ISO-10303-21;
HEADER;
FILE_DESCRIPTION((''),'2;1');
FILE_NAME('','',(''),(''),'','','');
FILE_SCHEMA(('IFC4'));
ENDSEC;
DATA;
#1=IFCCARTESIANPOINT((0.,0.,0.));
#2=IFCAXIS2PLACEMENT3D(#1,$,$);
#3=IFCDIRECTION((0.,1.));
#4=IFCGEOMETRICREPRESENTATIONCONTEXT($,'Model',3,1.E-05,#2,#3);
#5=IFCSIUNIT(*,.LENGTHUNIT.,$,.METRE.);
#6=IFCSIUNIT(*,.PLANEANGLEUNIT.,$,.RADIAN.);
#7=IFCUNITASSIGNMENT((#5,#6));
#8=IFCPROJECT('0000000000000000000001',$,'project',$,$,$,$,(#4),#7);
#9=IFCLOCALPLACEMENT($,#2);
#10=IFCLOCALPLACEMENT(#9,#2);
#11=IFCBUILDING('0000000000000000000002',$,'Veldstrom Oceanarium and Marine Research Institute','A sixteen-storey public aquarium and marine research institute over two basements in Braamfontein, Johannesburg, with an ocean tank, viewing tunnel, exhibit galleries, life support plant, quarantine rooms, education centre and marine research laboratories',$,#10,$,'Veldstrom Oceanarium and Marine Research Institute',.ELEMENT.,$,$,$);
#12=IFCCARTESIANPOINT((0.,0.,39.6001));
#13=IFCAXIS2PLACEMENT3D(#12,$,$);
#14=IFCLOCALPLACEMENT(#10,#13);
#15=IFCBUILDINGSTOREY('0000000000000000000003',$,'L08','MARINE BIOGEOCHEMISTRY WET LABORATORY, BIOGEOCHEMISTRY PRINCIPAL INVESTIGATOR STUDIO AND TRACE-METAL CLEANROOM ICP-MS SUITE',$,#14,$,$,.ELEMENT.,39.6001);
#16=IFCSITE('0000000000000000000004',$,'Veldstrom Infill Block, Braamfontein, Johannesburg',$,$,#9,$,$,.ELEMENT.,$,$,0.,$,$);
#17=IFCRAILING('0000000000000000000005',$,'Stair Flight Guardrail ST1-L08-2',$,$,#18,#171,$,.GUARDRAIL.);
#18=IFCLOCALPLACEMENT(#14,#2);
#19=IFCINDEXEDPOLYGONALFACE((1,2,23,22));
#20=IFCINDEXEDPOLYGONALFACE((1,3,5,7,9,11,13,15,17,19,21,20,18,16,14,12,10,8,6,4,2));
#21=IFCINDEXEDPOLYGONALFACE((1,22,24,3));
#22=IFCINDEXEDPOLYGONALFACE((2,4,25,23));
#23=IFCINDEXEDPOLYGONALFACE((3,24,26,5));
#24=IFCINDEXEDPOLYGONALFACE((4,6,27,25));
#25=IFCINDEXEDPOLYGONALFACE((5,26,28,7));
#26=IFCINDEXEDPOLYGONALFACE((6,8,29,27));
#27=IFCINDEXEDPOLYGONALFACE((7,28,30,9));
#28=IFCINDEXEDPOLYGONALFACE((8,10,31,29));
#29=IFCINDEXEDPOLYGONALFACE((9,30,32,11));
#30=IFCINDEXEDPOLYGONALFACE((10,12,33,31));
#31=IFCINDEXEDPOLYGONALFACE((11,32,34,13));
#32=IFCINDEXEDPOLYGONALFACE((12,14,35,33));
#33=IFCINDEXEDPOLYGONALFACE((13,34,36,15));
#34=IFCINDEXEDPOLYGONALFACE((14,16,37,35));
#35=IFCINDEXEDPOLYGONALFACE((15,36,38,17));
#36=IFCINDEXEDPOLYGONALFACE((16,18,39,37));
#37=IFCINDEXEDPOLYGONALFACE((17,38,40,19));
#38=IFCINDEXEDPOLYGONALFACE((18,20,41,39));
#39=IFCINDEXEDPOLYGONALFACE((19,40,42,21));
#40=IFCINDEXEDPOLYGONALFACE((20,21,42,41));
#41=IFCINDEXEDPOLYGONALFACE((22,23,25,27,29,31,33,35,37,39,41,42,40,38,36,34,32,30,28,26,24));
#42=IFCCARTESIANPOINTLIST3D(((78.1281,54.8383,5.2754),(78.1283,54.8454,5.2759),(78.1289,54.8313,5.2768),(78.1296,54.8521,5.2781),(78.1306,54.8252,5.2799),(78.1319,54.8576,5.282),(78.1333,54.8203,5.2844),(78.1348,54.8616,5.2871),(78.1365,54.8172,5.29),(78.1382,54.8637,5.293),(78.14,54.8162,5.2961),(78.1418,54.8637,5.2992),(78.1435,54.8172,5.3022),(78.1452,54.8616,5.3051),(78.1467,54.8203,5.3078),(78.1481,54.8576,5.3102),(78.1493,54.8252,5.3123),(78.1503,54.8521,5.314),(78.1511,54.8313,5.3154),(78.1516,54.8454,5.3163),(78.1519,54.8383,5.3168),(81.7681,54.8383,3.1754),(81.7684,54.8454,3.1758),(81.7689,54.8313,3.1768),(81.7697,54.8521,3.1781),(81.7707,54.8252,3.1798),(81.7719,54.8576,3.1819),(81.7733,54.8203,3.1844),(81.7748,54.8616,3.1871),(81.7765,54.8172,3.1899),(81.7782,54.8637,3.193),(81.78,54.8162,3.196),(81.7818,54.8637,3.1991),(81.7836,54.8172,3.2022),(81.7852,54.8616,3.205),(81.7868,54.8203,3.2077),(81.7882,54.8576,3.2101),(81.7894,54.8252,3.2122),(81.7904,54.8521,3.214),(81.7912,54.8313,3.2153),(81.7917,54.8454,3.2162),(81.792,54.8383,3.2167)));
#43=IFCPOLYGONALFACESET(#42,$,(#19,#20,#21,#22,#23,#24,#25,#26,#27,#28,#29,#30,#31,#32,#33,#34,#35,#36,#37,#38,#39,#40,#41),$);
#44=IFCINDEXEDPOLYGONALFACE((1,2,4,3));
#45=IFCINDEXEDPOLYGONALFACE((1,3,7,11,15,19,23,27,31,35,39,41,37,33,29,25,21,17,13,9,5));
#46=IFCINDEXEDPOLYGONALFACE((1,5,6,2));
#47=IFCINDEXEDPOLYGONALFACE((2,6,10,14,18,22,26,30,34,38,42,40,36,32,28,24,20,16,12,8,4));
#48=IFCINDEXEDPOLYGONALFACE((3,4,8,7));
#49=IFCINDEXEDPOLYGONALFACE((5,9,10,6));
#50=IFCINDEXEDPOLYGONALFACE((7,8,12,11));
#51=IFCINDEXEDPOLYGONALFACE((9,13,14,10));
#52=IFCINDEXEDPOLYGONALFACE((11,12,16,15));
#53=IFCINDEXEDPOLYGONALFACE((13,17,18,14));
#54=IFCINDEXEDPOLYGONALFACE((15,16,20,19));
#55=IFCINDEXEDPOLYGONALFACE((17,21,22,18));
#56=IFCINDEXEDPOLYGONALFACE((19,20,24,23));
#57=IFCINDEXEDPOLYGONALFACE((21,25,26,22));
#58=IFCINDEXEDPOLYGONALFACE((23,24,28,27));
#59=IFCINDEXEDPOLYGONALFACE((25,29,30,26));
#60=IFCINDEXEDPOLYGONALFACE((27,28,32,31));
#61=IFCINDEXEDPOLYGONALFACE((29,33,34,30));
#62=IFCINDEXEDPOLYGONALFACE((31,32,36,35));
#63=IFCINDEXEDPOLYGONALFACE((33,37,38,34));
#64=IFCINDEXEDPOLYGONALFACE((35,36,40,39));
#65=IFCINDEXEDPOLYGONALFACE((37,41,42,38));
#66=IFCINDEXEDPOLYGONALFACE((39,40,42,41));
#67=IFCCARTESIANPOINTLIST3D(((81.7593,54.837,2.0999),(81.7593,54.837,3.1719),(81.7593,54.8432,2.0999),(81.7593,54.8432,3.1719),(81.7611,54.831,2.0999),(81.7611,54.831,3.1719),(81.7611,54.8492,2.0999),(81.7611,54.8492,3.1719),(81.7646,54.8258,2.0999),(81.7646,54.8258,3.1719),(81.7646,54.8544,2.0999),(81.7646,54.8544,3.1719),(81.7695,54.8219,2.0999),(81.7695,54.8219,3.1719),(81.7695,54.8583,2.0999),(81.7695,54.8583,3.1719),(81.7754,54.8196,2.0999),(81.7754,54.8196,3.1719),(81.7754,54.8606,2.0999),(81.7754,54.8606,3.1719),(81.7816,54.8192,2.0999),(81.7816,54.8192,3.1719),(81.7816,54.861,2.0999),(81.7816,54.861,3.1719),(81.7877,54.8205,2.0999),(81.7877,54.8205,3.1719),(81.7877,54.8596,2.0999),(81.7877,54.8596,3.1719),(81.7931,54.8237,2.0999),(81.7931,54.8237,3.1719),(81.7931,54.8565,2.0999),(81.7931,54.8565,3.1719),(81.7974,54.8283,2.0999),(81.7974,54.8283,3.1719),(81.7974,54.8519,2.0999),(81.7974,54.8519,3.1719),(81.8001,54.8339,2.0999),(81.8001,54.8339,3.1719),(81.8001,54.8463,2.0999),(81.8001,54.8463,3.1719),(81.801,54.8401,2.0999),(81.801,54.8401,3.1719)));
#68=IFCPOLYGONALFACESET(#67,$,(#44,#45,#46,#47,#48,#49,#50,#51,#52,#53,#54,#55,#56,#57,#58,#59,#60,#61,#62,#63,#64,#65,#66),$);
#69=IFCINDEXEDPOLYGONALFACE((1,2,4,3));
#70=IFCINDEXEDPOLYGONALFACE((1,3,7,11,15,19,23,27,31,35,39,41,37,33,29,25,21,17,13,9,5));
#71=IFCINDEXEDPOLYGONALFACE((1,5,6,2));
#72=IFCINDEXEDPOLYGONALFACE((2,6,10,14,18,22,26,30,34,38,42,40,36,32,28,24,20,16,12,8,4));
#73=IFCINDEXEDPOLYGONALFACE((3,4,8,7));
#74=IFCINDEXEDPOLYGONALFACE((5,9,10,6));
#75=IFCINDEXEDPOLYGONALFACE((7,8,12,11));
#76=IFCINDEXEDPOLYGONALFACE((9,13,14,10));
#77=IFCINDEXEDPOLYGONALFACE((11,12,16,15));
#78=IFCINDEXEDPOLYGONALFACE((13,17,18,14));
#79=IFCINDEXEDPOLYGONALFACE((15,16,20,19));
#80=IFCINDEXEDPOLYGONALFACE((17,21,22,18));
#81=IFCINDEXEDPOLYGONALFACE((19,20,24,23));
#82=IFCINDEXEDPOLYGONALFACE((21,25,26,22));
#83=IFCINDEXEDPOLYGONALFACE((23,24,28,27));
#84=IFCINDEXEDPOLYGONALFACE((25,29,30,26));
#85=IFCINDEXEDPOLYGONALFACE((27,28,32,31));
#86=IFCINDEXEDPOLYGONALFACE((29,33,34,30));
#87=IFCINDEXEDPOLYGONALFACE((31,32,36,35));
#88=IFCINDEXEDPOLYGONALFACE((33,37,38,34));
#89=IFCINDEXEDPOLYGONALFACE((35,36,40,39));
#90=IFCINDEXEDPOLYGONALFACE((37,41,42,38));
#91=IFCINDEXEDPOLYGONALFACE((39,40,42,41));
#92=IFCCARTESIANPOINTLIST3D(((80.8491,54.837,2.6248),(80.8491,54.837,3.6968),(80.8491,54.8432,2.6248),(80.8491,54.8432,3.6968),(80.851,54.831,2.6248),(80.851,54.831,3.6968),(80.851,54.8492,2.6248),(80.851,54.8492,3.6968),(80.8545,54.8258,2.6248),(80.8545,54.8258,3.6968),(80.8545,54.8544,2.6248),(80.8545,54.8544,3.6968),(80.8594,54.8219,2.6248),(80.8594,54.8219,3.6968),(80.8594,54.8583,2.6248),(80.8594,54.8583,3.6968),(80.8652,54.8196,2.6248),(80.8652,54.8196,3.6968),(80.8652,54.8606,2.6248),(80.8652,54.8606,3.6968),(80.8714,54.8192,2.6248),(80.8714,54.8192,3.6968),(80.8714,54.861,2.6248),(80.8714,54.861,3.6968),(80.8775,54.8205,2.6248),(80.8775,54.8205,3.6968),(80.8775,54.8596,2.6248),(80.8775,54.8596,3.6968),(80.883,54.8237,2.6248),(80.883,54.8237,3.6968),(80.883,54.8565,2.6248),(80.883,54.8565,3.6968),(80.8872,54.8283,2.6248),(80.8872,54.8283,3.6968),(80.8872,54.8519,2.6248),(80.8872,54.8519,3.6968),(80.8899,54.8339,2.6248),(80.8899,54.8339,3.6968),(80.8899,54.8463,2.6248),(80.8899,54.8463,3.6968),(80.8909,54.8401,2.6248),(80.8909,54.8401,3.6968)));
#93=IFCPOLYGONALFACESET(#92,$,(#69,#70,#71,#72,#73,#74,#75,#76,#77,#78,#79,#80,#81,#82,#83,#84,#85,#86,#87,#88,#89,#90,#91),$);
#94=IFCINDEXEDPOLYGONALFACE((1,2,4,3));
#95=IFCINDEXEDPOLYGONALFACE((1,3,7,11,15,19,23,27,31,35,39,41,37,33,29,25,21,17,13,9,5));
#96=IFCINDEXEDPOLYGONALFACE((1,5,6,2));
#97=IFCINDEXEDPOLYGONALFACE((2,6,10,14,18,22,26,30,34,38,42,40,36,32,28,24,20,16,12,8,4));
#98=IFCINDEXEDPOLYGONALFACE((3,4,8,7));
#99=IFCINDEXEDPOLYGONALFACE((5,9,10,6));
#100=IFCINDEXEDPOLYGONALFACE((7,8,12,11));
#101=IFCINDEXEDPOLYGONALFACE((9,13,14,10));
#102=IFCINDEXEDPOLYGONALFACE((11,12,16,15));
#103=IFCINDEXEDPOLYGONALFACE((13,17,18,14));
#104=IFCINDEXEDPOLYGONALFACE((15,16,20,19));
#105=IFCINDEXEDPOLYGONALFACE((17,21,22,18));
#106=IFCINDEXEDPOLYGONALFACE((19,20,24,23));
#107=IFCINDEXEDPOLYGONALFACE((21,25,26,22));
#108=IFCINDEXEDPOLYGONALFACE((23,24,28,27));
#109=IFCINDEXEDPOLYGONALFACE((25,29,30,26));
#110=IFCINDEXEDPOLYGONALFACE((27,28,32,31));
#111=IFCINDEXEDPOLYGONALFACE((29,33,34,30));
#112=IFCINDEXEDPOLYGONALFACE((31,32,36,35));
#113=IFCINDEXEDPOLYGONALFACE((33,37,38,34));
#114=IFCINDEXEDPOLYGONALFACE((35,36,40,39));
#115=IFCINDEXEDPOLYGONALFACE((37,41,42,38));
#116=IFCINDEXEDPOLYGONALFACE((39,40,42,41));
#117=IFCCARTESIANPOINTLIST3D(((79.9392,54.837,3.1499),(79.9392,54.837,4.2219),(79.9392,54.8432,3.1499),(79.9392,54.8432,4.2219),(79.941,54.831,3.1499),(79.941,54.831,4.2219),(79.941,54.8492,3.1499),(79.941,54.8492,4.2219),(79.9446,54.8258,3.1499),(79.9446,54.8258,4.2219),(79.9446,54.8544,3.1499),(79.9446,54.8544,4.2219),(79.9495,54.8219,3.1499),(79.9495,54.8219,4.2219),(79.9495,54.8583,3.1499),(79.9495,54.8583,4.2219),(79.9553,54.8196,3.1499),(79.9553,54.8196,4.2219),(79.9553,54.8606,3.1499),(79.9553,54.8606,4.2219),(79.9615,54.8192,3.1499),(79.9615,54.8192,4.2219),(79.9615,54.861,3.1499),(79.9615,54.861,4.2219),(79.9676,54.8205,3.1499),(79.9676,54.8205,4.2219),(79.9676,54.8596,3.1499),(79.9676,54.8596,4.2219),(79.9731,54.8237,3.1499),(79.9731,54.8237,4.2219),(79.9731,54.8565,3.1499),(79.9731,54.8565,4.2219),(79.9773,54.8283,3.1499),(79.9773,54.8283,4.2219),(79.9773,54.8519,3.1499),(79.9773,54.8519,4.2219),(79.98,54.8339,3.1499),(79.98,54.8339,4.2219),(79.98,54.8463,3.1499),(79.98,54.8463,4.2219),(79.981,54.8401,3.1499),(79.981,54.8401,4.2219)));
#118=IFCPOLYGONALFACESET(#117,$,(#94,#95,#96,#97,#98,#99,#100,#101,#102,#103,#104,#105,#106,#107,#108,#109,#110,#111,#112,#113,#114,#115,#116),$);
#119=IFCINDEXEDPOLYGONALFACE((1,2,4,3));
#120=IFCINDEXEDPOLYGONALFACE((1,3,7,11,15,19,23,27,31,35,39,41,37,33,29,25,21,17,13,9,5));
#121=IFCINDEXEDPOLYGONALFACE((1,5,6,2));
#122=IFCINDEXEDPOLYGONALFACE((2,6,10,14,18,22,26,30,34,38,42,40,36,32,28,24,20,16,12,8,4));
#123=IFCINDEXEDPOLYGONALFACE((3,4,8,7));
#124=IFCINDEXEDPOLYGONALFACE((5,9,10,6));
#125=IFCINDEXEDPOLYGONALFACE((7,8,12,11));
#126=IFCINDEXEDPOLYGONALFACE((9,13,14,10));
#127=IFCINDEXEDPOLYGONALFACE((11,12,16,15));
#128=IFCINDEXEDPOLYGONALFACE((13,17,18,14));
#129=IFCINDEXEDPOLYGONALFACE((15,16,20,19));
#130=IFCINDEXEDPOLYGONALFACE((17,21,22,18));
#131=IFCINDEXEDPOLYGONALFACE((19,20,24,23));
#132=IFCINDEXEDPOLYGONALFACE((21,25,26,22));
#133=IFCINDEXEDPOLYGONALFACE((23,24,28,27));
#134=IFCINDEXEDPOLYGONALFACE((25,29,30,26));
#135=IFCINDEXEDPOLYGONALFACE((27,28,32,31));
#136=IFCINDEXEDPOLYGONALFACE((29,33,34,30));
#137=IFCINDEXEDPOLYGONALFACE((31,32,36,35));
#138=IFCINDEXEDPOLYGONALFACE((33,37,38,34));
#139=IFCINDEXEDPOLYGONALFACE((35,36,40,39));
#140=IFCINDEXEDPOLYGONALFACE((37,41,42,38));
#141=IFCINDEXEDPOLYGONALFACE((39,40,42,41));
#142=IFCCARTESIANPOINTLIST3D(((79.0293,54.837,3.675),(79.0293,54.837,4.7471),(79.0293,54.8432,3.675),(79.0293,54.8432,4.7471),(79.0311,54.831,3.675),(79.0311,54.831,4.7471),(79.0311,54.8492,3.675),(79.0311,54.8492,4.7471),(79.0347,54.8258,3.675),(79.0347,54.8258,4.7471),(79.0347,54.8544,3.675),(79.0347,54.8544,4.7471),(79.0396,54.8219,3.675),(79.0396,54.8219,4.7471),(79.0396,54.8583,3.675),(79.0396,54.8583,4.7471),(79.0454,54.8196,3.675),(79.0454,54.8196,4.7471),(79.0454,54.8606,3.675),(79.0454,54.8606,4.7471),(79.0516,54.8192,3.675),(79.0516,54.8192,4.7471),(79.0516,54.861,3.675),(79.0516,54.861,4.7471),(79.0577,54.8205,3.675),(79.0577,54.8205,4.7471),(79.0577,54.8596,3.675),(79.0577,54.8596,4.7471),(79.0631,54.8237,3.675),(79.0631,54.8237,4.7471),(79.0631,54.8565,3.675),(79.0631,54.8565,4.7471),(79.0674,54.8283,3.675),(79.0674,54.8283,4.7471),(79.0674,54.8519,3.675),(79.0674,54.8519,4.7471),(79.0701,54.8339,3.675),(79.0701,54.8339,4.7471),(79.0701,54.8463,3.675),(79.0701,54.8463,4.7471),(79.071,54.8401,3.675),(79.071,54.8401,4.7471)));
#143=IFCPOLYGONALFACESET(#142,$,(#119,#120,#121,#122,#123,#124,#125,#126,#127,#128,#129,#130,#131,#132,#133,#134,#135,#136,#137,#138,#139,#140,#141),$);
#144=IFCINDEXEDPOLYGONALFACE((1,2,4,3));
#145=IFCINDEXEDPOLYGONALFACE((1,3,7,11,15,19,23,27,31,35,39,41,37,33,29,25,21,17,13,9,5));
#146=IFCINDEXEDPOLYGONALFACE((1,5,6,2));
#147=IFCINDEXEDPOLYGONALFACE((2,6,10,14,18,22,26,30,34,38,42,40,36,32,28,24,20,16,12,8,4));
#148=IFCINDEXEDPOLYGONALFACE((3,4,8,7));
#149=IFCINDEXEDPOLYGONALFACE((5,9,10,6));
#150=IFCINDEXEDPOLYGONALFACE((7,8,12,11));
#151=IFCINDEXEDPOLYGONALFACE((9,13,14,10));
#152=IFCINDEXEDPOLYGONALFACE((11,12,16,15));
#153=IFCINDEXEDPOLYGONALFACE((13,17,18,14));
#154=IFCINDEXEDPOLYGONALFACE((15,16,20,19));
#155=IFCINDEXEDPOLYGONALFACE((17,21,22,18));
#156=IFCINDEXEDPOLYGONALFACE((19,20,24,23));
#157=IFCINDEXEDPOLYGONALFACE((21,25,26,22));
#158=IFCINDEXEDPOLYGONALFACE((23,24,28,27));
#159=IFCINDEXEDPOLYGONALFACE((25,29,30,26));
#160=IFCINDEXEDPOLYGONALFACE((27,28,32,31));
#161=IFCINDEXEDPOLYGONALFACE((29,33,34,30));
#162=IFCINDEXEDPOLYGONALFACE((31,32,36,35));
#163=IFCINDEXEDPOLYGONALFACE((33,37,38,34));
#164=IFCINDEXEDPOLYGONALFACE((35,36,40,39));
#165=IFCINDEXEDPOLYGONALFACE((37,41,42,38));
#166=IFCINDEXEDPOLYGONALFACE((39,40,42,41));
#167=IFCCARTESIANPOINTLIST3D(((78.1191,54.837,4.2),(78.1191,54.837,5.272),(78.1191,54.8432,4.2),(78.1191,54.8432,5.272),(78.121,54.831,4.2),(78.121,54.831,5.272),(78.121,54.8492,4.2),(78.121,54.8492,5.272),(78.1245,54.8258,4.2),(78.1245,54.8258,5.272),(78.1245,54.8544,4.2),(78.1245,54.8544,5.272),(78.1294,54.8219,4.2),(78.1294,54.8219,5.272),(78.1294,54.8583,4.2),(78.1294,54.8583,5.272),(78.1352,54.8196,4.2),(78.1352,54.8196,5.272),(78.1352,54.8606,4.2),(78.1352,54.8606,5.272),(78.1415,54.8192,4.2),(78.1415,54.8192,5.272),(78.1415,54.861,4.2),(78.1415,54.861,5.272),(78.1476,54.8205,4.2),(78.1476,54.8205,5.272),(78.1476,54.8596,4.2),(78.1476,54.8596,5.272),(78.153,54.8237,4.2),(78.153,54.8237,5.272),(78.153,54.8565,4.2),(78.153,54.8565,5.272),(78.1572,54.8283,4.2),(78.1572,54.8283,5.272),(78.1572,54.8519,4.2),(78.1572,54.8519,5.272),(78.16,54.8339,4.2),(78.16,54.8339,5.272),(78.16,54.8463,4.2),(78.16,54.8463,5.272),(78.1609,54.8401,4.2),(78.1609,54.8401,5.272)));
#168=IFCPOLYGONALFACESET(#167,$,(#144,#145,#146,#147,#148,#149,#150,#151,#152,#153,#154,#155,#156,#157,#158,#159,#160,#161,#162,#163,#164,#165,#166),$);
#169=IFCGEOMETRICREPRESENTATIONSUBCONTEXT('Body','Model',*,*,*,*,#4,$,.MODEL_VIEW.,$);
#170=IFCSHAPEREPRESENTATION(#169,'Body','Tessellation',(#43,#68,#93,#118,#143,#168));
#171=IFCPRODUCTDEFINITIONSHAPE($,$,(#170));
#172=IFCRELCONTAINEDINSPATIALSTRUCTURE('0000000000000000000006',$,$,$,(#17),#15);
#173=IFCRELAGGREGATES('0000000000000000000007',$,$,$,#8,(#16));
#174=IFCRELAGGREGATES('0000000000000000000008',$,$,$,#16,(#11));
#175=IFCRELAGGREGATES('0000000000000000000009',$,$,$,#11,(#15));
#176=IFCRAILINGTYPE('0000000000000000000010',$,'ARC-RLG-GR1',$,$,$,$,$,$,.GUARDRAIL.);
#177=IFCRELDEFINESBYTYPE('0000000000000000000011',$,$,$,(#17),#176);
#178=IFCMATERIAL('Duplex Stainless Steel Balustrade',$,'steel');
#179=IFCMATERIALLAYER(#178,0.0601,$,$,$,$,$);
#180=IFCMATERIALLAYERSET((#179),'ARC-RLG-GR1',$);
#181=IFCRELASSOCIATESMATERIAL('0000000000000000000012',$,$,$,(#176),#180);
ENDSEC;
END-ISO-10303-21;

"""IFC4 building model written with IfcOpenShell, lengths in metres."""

from ifc_helpers import new_model, si_unit, direction, frame, origin, origin_2d, place, context, subcontext, project, spatial, circle, extrude, material, layer, layer_set, type_object, element, save


model = new_model("IFC4")

# Units and contexts
model_context = context("Model", 3, precision=1e-05, world=origin(), true_north=direction((0.0, 1.0)))
body_context = subcontext(model_context, "Body", "Model", "MODEL_VIEW")
ifc_project = project(units=[si_unit("LENGTHUNIT", "METRE"), si_unit("PLANEANGLEUNIT", "RADIAN")], contexts=[model_context])

# Site, building, storey
site_placement = place(None, origin())
site = spatial("IfcSite", under=ifc_project, at=site_placement, Name="Veldstrom Infill Block, Braamfontein, Johannesburg", CompositionType="ELEMENT", RefElevation=0.0)
building_placement = place(site_placement, origin())
building = spatial("IfcBuilding", under=site, at=building_placement, Name="Veldstrom Oceanarium and Marine Research Institute", Description="A sixteen-storey public aquarium and marine research institute over two basements in Braamfontein, Johannesburg, with an ocean tank, viewing tunnel, exhibit galleries, life support plant, quarantine rooms, education centre and marine research laboratories", LongName="Veldstrom Oceanarium and Marine Research Institute", CompositionType="ELEMENT")
storey_placement = place(building_placement, frame((0.0, 0.0, 39.6001)))
storey = spatial("IfcBuildingStorey", under=building, at=storey_placement, Name="L08", Description="MARINE BIOGEOCHEMISTRY WET LABORATORY, BIOGEOCHEMISTRY PRINCIPAL INVESTIGATOR STUDIO AND TRACE-METAL CLEANROOM ICP-MS SUITE", CompositionType="ELEMENT", Elevation=39.6001)

# Railing
ifc_material_1 = material(Name="Duplex Stainless Steel Balustrade", Category="steel")
ifc_layer_1 = layer(ifc_material_1, 0.0601)
ifc_layer_set_1 = layer_set([ifc_layer_1], Name="ARC-RLG-GR1")
railing_type_1 = type_object("IfcRailingType", Name="ARC-RLG-GR1", PredefinedType="GUARDRAIL", material=ifc_layer_set_1)
railing_1_placement = place(storey_placement, frame((81.78, 54.8401, 2.0999)))
element("IfcRailing", 1, at=railing_1_placement, inside=storey, type_object=railing_type_1, Name="Stair Flight Guardrail ST1-L08-2", PredefinedType="GUARDRAIL", context=body_context, shape_type="SweptSolid", body=[
    extrude(circle(Radius=0.0239, at=origin_2d()), frame((0.0, 0.0, 1.0962), z_axis=(-0.866184, 0.0, 0.499726), x_axis=(0.0, -1.0, 0.0)), (0.0, 0.0, 1.0), 4.2024),
    extrude(circle(Radius=0.021, at=origin_2d()), origin(), (0.0, 0.0, 1.0), 1.072),
    extrude(circle(Radius=0.021, at=origin_2d()), frame((-0.9102, 0.0, 0.5249)), (0.0, 0.0, 1.0), 1.072),
    extrude(circle(Radius=0.021, at=origin_2d()), frame((-1.8201, 0.0, 1.05)), (0.0, 0.0, 1.0), 1.072),
    extrude(circle(Radius=0.021, at=origin_2d()), frame((-2.73, 0.0, 1.5752)), (0.0, 0.0, 1.0), 1.072),
    extrude(circle(Radius=0.021, at=origin_2d()), frame((-3.6401, 0.0, 2.1001)), (0.0, 0.0, 1.0), 1.072),
])

save(model, "model.ifc")
